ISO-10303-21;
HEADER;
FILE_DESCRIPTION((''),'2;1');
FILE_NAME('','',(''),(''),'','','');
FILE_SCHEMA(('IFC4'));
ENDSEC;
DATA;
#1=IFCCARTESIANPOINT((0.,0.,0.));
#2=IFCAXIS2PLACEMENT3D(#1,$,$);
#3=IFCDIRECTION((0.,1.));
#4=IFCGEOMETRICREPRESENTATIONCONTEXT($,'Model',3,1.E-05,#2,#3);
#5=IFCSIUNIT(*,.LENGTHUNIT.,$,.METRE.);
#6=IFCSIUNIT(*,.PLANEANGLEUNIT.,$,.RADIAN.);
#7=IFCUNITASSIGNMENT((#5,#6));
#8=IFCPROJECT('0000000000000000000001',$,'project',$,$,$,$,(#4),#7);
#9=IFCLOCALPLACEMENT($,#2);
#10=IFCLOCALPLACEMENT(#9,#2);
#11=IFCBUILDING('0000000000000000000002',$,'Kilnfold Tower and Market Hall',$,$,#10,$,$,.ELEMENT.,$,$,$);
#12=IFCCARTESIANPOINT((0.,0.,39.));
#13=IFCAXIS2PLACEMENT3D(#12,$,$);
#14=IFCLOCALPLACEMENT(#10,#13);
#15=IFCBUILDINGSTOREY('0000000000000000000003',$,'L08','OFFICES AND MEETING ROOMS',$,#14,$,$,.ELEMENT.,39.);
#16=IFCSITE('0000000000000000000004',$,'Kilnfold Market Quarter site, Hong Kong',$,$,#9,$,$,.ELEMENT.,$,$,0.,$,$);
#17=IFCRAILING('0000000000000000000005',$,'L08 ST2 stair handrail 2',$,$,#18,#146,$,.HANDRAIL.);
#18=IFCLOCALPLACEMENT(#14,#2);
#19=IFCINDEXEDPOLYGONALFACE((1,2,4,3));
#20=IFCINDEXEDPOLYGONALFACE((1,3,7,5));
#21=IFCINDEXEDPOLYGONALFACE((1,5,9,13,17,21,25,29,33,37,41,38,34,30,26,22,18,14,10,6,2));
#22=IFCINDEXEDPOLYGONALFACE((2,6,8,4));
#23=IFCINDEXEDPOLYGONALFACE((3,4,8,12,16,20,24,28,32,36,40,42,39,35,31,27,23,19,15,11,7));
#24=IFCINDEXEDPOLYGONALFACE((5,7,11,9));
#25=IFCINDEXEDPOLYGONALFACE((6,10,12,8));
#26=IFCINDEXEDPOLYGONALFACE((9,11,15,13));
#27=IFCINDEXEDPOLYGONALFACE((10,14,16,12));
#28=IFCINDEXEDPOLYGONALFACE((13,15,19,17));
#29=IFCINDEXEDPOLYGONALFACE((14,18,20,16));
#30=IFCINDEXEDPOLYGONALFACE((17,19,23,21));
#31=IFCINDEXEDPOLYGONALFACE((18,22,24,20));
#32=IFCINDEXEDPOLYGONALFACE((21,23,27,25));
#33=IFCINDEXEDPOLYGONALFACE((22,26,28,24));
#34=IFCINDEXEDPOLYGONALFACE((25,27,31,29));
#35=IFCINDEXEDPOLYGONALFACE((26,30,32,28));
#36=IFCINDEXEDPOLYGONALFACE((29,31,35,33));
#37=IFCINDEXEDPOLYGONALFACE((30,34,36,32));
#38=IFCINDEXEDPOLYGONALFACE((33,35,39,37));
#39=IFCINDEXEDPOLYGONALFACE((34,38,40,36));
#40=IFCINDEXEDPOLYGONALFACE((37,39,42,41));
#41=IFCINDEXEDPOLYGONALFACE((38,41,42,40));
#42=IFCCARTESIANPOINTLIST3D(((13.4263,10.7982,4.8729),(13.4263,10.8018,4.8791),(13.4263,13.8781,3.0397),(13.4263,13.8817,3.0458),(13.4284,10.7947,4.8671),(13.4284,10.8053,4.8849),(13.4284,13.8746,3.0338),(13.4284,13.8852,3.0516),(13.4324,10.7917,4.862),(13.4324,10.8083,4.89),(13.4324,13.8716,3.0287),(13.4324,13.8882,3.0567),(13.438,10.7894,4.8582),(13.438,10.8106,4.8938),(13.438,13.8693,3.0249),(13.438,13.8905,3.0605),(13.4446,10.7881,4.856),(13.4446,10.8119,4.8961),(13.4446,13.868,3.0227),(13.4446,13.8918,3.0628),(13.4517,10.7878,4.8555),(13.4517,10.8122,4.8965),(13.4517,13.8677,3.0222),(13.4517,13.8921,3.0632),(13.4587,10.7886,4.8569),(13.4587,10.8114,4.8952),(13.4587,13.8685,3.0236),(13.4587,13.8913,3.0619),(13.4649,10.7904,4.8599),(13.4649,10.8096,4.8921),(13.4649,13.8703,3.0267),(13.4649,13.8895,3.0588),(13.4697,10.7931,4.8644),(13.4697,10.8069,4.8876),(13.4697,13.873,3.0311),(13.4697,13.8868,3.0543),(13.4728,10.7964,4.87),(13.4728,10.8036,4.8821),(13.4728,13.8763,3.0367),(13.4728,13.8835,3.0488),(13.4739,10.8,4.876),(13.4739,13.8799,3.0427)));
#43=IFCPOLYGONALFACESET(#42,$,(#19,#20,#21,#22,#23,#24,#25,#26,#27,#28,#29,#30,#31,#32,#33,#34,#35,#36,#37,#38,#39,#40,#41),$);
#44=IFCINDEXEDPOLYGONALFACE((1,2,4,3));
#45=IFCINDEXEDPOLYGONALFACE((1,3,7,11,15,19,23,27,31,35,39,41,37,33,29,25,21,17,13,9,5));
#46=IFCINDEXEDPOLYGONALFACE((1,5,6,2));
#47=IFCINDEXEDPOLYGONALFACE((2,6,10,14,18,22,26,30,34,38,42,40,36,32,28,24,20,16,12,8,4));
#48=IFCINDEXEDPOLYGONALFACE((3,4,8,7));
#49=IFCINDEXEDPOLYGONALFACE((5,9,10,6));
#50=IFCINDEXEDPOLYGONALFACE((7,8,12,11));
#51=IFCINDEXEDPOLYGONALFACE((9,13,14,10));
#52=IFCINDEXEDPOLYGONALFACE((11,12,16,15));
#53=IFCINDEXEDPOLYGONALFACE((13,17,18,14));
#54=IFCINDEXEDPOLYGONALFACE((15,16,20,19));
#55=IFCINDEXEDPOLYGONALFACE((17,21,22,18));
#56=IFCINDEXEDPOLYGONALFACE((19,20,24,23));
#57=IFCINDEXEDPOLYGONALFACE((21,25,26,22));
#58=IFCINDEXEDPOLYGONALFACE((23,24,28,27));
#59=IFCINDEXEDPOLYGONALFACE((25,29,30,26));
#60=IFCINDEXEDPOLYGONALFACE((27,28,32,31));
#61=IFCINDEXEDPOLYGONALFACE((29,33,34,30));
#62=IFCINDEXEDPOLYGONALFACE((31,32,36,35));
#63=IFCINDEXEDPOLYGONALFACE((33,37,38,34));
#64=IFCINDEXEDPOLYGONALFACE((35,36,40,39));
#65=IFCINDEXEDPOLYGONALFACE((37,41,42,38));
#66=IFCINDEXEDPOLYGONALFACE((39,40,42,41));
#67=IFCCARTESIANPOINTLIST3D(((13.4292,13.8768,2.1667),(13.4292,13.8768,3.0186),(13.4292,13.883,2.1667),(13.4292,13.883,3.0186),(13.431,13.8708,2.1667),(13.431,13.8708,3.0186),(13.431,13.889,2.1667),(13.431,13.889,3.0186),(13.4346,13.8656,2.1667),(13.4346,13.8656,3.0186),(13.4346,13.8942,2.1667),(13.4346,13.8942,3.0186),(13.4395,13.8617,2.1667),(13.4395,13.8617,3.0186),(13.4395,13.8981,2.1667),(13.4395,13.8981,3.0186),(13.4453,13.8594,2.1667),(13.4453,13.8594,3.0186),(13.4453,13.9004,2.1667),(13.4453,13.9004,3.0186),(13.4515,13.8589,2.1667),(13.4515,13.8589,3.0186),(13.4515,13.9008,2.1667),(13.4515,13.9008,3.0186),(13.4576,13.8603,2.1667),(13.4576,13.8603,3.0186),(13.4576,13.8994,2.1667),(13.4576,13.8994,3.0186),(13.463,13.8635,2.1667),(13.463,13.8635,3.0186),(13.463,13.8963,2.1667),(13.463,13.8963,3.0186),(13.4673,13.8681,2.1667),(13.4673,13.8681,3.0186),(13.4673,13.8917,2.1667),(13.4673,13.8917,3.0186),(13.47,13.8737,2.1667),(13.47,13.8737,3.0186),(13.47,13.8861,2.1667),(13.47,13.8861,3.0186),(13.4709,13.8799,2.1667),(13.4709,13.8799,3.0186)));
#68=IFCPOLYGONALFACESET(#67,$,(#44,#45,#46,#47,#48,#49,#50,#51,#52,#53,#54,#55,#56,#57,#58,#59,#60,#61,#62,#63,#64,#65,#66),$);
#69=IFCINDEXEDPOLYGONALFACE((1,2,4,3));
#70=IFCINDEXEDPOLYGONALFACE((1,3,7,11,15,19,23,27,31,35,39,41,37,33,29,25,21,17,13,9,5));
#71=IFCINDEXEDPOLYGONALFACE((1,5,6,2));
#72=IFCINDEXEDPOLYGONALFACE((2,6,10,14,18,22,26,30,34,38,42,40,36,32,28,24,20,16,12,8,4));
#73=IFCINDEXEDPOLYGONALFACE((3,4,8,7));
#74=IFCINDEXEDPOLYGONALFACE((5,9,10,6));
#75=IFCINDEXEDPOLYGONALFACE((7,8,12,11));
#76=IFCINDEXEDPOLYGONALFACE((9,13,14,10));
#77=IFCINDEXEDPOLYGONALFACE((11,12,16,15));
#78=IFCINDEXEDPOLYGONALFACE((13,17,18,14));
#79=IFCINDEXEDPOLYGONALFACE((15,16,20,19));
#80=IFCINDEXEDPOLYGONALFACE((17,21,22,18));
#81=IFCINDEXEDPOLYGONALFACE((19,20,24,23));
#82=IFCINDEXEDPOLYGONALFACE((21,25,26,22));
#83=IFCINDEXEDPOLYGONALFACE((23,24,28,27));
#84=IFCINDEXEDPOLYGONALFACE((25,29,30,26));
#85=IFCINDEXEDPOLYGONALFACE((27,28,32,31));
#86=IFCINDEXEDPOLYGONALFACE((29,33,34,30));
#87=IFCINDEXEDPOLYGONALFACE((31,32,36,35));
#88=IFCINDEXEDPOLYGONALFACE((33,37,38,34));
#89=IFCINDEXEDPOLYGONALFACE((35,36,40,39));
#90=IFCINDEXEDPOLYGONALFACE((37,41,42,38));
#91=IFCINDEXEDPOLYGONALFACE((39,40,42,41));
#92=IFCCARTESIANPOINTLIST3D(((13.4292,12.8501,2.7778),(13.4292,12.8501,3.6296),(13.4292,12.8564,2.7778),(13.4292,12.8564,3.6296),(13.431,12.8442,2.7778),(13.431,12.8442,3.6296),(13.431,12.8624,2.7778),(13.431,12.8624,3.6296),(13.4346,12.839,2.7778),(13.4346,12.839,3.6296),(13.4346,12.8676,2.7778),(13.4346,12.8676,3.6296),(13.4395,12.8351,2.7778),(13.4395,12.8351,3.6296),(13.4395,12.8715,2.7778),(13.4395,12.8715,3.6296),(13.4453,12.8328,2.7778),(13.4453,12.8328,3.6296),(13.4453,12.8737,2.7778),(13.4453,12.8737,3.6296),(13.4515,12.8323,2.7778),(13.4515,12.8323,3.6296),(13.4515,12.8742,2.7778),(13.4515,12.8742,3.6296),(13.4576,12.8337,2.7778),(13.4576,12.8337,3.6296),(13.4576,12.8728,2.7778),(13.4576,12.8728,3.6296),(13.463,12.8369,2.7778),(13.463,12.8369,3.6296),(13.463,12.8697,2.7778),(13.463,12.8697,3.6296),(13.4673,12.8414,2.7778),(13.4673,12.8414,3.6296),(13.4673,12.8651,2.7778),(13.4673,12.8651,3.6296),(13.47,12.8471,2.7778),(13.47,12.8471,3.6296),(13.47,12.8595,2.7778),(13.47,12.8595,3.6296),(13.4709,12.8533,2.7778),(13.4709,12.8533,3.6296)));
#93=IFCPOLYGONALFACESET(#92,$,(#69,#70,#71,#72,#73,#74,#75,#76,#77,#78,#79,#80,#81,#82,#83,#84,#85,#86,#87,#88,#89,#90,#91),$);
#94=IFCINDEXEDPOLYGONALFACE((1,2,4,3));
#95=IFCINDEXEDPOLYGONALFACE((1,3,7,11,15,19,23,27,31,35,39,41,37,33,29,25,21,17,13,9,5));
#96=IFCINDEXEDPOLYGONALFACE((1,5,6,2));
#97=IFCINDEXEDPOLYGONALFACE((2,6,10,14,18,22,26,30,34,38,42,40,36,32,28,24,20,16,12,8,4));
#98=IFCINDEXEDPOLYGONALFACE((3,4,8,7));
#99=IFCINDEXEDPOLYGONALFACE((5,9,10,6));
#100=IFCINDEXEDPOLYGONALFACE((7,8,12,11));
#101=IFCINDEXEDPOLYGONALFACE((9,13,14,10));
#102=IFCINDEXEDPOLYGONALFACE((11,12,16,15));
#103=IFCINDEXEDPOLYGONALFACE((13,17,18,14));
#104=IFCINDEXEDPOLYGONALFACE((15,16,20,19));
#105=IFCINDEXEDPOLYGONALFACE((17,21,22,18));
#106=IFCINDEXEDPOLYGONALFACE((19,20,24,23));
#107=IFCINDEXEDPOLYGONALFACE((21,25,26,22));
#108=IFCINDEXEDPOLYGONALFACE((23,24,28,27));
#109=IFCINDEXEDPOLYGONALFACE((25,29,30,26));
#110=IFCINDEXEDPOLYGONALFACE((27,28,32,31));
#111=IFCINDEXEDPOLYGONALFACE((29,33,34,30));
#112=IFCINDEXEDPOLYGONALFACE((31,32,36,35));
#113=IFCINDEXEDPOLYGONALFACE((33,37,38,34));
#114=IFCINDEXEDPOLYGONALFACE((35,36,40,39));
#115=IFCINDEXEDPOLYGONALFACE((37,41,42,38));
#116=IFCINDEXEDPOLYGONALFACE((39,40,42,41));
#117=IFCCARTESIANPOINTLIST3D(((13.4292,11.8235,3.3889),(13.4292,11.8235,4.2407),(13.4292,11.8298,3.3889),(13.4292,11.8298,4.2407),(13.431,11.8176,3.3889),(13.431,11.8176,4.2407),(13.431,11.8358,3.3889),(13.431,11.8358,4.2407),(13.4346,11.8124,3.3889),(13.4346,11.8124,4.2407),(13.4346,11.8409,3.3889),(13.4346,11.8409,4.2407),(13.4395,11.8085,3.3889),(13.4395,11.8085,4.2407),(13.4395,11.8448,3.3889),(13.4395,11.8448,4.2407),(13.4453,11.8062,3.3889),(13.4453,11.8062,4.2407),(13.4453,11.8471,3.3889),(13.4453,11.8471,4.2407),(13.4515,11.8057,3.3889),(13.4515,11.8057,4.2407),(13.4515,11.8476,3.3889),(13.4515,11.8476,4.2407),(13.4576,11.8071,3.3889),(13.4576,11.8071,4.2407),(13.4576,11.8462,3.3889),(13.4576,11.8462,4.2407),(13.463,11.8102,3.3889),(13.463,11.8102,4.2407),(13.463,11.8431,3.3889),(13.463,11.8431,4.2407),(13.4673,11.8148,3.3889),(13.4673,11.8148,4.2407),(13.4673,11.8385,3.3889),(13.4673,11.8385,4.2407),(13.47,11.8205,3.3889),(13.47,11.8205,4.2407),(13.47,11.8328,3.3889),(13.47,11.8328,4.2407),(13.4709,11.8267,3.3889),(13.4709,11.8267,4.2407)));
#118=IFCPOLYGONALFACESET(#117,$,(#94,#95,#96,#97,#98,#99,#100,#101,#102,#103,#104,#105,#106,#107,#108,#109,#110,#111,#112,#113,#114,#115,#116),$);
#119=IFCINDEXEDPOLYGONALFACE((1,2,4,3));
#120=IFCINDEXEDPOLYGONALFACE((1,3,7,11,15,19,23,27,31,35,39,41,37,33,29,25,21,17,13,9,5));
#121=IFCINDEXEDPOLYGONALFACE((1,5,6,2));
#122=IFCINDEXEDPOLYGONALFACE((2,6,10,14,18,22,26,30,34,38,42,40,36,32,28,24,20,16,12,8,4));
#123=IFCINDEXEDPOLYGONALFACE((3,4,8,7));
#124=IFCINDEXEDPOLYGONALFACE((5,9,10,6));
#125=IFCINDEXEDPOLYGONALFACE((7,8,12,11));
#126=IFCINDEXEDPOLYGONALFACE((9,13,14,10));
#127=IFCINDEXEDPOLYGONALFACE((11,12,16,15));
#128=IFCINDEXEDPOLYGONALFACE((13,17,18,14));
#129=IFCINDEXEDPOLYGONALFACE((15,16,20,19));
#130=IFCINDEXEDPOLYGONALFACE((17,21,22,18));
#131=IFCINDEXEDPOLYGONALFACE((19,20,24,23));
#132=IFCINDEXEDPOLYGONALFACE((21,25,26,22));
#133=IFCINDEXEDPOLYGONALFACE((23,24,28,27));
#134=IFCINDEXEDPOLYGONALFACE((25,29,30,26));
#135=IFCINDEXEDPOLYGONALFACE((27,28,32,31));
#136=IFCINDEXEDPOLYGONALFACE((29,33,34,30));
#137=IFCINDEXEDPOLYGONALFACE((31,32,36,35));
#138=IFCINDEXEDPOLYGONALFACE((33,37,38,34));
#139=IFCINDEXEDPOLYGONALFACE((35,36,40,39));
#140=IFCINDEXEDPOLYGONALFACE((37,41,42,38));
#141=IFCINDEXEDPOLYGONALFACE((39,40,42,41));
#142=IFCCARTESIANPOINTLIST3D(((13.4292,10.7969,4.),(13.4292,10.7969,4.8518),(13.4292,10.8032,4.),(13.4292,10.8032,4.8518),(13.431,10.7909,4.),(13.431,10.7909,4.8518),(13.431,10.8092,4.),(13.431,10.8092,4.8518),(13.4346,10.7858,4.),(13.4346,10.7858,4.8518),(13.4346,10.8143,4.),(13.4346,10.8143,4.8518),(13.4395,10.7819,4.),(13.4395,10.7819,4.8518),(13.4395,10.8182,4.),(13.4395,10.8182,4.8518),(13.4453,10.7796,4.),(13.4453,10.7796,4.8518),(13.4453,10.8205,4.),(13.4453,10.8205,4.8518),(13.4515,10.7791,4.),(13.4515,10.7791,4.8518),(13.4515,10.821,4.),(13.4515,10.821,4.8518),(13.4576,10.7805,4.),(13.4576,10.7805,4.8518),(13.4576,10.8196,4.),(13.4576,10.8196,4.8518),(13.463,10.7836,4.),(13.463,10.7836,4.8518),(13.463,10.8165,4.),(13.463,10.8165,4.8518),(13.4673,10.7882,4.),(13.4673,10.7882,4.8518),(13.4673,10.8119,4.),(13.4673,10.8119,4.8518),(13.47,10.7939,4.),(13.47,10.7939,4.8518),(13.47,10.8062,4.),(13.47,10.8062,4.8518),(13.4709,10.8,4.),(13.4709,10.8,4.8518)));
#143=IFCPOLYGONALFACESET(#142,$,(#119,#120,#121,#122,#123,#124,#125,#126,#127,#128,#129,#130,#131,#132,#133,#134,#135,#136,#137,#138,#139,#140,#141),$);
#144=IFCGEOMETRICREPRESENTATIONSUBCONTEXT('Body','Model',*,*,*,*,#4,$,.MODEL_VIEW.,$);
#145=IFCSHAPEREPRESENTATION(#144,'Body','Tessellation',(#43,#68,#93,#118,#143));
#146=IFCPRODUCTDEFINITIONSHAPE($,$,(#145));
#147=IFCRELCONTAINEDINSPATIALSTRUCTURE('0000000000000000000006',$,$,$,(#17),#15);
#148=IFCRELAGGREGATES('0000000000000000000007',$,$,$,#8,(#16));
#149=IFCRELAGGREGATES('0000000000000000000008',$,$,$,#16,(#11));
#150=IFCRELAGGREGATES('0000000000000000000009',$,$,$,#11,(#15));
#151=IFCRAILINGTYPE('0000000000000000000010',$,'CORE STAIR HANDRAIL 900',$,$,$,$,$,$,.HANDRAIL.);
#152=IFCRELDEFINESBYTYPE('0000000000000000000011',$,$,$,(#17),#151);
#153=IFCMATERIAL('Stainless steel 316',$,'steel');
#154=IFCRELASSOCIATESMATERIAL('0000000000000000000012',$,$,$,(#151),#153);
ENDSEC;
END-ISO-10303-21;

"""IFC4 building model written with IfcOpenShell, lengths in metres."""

from ifc_helpers import new_model, si_unit, direction, frame, origin, origin_2d, place, context, subcontext, project, spatial, circle, extrude, material, type_object, element, save


model = new_model("IFC4")

# Units and contexts
model_context = context("Model", 3, precision=1e-05, world=origin(), true_north=direction((0.0, 1.0)))
body_context = subcontext(model_context, "Body", "Model", "MODEL_VIEW")
ifc_project = project(units=[si_unit("LENGTHUNIT", "METRE"), si_unit("PLANEANGLEUNIT", "RADIAN")], contexts=[model_context])

# Site, building, storey
site_placement = place(None, origin())
site = spatial("IfcSite", under=ifc_project, at=site_placement, Name="Kilnfold Market Quarter site, Hong Kong", CompositionType="ELEMENT", RefElevation=0.0)
building_placement = place(site_placement, origin())
building = spatial("IfcBuilding", under=site, at=building_placement, Name="Kilnfold Tower and Market Hall", CompositionType="ELEMENT")
storey_placement = place(building_placement, frame((0.0, 0.0, 39.0)))
storey = spatial("IfcBuildingStorey", under=building, at=storey_placement, Name="L08", Description="OFFICES AND MEETING ROOMS", CompositionType="ELEMENT", Elevation=39.0)

# Railing
ifc_material_1 = material(Name="Stainless steel 316", Category="steel")
railing_type_1 = type_object("IfcRailingType", Name="CORE STAIR HANDRAIL 900", PredefinedType="HANDRAIL", material=ifc_material_1)
railing_1_placement = place(storey_placement, frame((13.45, 13.8799, 2.1667)))
element("IfcRailing", 1, at=railing_1_placement, inside=storey, type_object=railing_type_1, Name="L08 ST2 stair handrail 2", PredefinedType="HANDRAIL", context=body_context, shape_type="SweptSolid", body=[
    extrude(circle(Radius=0.0239, at=origin_2d()), frame((0.0, 0.0, 0.876), z_axis=(0.0, -0.859291, 0.511487), x_axis=(1.0, 0.0, 0.0)), (0.0, 0.0, 1.0), 3.5842),
    extrude(circle(Radius=0.021, at=origin_2d()), origin(), (0.0, 0.0, 1.0), 0.8518),
    extrude(circle(Radius=0.021, at=origin_2d()), frame((0.0, -1.0266, 0.6111)), (0.0, 0.0, 1.0), 0.8518),
    extrude(circle(Radius=0.021, at=origin_2d()), frame((0.0, -2.0532, 1.2222)), (0.0, 0.0, 1.0), 0.8518),
    extrude(circle(Radius=0.021, at=origin_2d()), frame((0.0, -3.0798, 1.8333)), (0.0, 0.0, 1.0), 0.8518),
])

save(model, "model.ifc")
